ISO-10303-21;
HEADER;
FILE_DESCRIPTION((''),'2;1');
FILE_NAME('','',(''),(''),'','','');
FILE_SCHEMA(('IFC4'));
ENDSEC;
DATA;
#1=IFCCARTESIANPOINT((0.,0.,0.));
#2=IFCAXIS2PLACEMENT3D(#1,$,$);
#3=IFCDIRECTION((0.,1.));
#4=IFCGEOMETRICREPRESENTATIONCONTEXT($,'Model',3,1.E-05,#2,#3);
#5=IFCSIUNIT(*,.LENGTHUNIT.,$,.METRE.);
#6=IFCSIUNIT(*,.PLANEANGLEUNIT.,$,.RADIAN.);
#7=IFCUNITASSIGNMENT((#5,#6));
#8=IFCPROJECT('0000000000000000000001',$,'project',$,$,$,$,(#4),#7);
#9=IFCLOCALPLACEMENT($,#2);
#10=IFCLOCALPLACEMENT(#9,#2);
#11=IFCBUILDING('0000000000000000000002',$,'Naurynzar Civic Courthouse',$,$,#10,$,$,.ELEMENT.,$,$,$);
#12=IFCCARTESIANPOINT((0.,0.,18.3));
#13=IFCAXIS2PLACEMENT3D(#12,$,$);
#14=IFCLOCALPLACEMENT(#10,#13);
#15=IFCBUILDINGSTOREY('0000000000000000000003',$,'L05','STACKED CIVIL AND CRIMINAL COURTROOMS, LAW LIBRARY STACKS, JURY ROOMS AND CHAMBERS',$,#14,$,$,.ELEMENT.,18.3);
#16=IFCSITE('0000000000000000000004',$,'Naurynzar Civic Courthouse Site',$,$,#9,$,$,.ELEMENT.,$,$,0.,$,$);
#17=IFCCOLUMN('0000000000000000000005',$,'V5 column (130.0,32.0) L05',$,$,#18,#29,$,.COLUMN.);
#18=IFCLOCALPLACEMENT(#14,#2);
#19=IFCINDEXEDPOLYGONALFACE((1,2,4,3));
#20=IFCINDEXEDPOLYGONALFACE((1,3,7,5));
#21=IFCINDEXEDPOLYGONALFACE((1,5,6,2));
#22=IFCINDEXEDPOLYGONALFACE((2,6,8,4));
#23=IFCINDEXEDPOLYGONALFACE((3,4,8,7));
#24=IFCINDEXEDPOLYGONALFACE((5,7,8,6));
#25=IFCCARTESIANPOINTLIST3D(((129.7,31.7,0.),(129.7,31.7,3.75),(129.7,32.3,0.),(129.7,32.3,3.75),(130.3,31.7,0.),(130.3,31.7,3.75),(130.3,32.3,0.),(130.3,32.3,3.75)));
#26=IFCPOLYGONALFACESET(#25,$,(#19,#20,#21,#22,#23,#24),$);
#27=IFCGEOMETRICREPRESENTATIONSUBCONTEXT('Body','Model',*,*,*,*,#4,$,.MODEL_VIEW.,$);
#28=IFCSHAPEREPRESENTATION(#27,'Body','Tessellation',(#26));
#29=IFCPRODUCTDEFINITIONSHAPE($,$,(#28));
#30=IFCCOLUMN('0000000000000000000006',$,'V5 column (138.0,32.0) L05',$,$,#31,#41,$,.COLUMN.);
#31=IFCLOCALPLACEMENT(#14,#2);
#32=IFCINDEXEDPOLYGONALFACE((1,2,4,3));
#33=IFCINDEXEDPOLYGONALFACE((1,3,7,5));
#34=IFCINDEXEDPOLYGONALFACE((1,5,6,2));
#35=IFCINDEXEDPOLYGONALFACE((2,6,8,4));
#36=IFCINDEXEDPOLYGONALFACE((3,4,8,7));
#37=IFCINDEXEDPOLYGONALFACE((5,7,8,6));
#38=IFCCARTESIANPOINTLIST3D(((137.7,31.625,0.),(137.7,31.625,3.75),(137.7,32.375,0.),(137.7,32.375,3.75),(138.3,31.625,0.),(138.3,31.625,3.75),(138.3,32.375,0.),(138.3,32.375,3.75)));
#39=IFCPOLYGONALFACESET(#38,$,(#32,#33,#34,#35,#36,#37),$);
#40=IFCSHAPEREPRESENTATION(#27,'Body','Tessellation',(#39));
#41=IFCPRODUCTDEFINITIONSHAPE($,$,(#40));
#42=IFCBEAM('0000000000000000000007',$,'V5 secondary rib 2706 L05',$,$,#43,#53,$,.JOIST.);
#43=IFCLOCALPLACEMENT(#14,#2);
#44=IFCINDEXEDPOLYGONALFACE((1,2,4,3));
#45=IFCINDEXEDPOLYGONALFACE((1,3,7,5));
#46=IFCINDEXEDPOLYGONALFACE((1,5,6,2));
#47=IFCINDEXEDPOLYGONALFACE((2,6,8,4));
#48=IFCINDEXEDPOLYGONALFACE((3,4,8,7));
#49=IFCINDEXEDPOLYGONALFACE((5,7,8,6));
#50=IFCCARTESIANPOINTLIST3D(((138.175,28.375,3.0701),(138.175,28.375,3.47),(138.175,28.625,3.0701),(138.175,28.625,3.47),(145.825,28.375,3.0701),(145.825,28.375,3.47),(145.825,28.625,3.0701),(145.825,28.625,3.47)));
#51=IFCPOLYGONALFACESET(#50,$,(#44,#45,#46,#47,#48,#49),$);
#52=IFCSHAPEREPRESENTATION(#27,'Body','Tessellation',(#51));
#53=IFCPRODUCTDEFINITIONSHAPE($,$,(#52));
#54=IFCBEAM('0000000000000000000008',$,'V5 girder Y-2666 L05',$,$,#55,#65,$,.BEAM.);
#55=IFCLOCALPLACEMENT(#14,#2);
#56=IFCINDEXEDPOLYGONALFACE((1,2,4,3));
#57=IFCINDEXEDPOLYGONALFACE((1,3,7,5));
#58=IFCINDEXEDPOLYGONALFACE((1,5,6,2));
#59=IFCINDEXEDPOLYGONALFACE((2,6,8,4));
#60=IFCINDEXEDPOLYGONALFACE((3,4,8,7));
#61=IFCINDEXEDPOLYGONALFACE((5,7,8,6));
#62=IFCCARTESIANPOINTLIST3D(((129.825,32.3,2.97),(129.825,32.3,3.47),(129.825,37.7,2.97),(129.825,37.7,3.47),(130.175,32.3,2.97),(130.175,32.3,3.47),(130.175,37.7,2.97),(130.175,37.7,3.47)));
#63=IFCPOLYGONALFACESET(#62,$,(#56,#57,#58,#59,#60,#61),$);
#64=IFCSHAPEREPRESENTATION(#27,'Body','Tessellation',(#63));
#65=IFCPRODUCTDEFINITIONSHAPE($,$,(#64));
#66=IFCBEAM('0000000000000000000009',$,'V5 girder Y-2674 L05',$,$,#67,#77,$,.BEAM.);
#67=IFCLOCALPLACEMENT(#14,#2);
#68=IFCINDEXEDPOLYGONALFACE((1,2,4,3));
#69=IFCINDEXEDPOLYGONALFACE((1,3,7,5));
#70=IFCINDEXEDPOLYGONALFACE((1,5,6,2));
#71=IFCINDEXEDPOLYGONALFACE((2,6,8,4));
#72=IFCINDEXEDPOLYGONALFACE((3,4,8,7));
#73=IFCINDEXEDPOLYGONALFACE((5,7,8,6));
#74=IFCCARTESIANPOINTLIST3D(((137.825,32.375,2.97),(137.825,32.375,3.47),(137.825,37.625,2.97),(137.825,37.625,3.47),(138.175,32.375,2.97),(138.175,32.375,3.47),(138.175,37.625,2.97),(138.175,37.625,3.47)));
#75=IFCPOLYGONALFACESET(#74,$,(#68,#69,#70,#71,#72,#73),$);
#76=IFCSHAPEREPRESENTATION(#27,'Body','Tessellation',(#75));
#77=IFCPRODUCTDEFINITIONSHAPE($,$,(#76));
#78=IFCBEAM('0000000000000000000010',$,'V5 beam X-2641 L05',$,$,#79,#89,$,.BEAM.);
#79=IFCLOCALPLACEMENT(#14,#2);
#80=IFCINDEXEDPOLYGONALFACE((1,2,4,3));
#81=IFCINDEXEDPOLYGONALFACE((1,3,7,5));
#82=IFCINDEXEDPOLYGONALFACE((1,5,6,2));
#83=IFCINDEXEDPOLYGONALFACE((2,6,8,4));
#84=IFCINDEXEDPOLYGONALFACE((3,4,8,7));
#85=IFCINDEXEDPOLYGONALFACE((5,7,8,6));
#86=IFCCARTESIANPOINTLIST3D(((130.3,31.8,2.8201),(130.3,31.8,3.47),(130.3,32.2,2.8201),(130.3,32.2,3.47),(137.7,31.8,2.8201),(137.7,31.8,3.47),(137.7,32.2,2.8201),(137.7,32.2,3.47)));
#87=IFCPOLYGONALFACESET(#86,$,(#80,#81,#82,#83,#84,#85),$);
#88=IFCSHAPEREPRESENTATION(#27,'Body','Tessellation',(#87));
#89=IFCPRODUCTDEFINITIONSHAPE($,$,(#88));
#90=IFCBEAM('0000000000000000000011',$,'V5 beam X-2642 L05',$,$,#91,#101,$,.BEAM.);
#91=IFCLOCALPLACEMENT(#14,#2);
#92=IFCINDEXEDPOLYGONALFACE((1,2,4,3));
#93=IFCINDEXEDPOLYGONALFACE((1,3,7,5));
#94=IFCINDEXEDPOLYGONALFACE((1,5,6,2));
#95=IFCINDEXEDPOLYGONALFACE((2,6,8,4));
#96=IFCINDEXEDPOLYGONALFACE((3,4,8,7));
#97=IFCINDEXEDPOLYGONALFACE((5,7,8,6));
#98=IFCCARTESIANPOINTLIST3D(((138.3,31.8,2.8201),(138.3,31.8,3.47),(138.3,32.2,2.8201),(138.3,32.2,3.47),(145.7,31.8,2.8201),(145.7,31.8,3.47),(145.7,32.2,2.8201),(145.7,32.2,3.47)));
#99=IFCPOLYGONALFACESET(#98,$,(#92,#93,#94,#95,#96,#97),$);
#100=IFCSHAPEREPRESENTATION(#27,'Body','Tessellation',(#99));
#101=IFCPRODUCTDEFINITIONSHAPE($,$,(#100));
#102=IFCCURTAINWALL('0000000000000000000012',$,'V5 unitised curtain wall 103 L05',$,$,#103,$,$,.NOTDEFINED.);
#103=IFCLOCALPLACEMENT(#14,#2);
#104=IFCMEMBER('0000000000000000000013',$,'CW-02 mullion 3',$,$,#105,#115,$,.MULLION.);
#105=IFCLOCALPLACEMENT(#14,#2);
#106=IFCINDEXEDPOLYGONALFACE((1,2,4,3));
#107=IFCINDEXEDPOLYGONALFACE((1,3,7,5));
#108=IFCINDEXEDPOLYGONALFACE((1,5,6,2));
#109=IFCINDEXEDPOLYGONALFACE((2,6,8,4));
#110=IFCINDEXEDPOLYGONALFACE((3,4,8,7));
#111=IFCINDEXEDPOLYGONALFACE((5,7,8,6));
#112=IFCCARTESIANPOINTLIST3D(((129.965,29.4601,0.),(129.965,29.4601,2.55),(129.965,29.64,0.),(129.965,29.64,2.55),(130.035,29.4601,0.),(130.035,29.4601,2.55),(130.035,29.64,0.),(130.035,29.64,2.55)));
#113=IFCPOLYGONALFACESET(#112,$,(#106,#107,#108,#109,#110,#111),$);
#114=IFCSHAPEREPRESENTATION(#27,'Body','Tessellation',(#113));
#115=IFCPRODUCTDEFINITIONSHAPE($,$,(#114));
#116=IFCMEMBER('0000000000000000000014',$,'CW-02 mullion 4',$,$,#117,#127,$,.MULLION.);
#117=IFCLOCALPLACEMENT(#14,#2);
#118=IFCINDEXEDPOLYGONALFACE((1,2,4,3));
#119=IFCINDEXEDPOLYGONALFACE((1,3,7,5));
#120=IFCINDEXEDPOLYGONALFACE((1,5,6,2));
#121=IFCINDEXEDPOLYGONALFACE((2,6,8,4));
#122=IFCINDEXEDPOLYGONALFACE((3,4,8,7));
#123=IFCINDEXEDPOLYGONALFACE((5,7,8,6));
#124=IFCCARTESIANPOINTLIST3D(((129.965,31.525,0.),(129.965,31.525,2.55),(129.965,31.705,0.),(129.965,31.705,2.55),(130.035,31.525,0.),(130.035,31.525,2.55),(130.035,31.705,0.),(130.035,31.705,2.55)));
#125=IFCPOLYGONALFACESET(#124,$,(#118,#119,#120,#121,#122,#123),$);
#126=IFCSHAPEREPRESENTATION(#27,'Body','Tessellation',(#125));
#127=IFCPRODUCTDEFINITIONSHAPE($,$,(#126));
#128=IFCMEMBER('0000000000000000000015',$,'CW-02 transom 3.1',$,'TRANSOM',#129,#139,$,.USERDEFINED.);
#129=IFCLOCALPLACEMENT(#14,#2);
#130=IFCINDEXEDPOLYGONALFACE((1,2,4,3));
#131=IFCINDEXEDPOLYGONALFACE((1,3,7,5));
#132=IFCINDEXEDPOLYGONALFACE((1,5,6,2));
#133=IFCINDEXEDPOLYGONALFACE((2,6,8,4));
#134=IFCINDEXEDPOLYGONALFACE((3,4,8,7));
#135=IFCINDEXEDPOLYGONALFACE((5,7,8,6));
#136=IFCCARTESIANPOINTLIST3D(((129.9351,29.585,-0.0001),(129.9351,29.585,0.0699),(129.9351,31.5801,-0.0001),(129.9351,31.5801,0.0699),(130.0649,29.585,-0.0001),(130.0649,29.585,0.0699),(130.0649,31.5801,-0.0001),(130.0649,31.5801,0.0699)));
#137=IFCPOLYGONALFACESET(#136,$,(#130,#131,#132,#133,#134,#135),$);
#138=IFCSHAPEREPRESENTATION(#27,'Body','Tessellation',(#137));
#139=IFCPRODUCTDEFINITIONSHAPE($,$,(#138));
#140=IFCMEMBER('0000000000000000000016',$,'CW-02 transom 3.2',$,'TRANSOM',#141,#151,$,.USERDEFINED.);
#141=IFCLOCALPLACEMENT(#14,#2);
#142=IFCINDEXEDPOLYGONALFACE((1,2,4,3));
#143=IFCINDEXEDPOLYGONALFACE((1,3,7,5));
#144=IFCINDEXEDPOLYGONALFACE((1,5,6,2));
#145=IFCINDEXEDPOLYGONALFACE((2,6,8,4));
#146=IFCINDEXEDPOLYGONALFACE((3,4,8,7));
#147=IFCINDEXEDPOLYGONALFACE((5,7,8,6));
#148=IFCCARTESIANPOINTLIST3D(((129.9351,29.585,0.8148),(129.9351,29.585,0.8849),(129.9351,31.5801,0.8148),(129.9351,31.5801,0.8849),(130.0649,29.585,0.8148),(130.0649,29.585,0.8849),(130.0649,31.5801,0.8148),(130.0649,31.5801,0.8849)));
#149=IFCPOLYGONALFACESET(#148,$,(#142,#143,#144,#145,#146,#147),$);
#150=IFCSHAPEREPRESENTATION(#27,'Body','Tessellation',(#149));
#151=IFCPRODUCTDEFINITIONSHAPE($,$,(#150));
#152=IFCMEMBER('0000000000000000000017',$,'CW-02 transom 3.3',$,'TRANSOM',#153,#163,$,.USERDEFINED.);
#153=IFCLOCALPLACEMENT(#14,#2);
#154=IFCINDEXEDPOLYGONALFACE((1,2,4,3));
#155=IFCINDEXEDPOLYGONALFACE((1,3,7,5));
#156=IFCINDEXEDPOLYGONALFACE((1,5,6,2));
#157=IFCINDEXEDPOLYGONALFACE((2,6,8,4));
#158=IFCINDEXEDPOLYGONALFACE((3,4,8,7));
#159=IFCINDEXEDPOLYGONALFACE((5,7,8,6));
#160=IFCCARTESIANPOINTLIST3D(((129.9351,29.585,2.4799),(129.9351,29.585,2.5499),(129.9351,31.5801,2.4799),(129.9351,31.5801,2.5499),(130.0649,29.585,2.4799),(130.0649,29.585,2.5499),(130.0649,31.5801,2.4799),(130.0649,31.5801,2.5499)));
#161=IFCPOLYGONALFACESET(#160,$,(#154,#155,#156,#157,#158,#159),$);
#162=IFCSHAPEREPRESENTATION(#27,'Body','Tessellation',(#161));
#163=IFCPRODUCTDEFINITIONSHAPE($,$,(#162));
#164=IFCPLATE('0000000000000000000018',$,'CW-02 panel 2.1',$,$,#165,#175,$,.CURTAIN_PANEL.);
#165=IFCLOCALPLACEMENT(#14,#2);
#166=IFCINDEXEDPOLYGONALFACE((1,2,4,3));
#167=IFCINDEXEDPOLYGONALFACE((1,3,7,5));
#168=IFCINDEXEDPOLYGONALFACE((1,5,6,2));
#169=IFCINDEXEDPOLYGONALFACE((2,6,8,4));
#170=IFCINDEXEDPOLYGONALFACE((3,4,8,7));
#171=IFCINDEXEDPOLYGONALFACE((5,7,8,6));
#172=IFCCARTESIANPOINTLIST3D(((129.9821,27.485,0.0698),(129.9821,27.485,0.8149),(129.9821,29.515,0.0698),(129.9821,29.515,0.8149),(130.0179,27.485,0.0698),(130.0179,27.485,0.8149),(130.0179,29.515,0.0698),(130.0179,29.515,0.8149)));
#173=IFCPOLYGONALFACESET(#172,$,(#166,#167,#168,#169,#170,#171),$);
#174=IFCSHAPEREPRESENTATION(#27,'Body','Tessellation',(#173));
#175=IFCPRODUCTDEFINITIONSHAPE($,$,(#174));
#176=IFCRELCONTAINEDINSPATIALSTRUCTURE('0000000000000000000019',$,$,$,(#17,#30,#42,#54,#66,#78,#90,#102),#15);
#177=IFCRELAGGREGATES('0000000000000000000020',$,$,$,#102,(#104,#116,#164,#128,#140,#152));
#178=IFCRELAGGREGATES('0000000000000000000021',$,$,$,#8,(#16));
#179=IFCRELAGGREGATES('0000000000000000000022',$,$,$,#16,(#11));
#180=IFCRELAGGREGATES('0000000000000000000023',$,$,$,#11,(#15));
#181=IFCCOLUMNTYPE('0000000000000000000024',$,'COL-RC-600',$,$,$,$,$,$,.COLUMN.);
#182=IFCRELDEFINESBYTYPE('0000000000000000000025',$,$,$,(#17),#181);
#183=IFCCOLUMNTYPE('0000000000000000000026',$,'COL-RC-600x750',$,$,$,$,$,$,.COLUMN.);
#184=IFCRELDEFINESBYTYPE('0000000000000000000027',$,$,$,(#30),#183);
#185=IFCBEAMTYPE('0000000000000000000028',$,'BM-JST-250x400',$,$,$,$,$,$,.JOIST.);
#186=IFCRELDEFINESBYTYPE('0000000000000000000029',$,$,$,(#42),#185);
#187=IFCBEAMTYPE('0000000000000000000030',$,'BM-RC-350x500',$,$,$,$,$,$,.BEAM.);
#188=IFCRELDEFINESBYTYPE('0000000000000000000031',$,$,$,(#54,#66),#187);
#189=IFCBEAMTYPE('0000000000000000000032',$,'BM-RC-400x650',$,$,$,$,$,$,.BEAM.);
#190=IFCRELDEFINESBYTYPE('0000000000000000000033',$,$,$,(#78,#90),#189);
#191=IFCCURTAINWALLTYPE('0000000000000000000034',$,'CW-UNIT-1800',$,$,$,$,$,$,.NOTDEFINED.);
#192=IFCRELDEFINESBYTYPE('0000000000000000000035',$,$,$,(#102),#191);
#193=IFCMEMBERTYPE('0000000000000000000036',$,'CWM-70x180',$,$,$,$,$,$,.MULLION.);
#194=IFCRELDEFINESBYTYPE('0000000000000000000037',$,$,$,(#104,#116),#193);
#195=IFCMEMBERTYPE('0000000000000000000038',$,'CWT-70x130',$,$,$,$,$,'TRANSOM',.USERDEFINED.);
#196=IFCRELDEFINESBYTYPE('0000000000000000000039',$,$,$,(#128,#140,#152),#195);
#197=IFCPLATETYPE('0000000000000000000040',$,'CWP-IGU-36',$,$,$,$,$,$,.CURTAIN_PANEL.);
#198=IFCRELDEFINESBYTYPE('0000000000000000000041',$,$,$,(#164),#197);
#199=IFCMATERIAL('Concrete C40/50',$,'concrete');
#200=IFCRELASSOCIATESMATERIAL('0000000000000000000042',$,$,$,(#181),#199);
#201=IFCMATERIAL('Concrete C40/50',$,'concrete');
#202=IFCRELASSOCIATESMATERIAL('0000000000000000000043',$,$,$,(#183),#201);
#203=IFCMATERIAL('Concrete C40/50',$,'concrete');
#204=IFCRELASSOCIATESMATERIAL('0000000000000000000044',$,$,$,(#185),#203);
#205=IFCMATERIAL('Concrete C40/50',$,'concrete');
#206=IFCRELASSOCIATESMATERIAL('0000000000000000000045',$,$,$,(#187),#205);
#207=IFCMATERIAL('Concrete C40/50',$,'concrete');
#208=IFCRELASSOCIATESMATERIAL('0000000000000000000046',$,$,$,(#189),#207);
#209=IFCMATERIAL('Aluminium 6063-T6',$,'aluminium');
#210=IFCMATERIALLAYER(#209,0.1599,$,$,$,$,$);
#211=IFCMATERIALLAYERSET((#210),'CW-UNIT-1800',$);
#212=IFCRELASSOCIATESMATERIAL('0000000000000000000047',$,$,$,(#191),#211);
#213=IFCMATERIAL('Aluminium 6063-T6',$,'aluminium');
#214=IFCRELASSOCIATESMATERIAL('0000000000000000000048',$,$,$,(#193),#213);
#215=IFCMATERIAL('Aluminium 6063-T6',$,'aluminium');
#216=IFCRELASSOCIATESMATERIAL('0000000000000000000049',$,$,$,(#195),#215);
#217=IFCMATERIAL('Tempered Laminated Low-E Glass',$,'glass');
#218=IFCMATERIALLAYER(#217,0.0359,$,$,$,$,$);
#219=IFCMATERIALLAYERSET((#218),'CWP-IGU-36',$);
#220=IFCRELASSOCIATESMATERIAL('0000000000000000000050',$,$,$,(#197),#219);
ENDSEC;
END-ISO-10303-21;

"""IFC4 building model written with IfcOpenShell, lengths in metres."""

from ifc_helpers import new_model, si_unit, direction, frame, origin, origin_2d, place, context, subcontext, project, spatial, rectangle, extrude, material, layer, layer_set, material_profile, profile_set, type_object, element, aggregate, save


model = new_model("IFC4")

# Units and contexts
model_context = context("Model", 3, precision=1e-05, world=origin(), true_north=direction((0.0, 1.0)))
body_context = subcontext(model_context, "Body", "Model", "MODEL_VIEW")
ifc_project = project(units=[si_unit("LENGTHUNIT", "METRE"), si_unit("PLANEANGLEUNIT", "RADIAN")], contexts=[model_context])

# Site, building, storey
site_placement = place(None, origin())
site = spatial("IfcSite", under=ifc_project, at=site_placement, Name="Naurynzar Civic Courthouse Site", CompositionType="ELEMENT", RefElevation=0.0)
building_placement = place(site_placement, origin())
building = spatial("IfcBuilding", under=site, at=building_placement, Name="Naurynzar Civic Courthouse", CompositionType="ELEMENT")
storey_placement = place(building_placement, frame((0.0, 0.0, 18.3)))
storey = spatial("IfcBuildingStorey", under=building, at=storey_placement, Name="L05", Description="STACKED CIVIL AND CRIMINAL COURTROOMS, LAW LIBRARY STACKS, JURY ROOMS AND CHAMBERS", CompositionType="ELEMENT", Elevation=18.3)

# Columns
ifc_material_1 = material(Name="Concrete C40/50", Category="concrete")
ifc_material_profile_1 = material_profile(ifc_material_1, rectangle(XDim=0.6001, YDim=0.6001, at=origin_2d()), Name="RC 600x600")
ifc_profile_set_1 = profile_set([ifc_material_profile_1], Name="Concrete C40/50")
column_type_1 = type_object("IfcColumnType", Name="COL-RC-600", PredefinedType="COLUMN", material=ifc_profile_set_1)
column_1_placement = place(storey_placement, frame((130.0, 32.0, 0.0), z_axis=(0.0, 0.0, 1.0), x_axis=(1.0, 0.0, 0.0)))
element("IfcColumn", 1, at=column_1_placement, inside=storey, type_object=column_type_1, Name="V5 column (130.0,32.0) L05", PredefinedType="COLUMN", context=body_context, shape_type="SweptSolid", body=[
    extrude(rectangle(XDim=0.6001, YDim=0.6001, at=origin_2d()), origin(), (0.0, 0.0, 1.0), 3.75),
])
ifc_material_2 = material(Name="Concrete C40/50", Category="concrete")
ifc_material_profile_2 = material_profile(ifc_material_2, rectangle(XDim=0.6001, YDim=0.75, at=origin_2d()), Name="RC 600x750")
ifc_profile_set_2 = profile_set([ifc_material_profile_2], Name="Concrete C40/50")
column_type_2 = type_object("IfcColumnType", Name="COL-RC-600x750", PredefinedType="COLUMN", material=ifc_profile_set_2)
column_2_placement = place(storey_placement, frame((138.0, 32.0, 0.0), z_axis=(0.0, 0.0, 1.0), x_axis=(1.0, 0.0, 0.0)))
element("IfcColumn", 2, at=column_2_placement, inside=storey, type_object=column_type_2, Name="V5 column (138.0,32.0) L05", PredefinedType="COLUMN", context=body_context, shape_type="SweptSolid", body=[
    extrude(rectangle(XDim=0.6001, YDim=0.75, at=origin_2d()), origin(), (0.0, 0.0, 1.0), 3.75),
])

# Beams
ifc_material_3 = material(Name="Concrete C40/50", Category="concrete")
ifc_material_profile_3 = material_profile(ifc_material_3, rectangle(XDim=0.25, YDim=0.3999, at=origin_2d()), Name="RCB 250x400")
ifc_profile_set_3 = profile_set([ifc_material_profile_3], Name="Concrete C40/50")
beam_type_1 = type_object("IfcBeamType", Name="BM-JST-250x400", PredefinedType="JOIST", material=ifc_profile_set_3)
beam_1_placement = place(storey_placement, frame((138.175, 28.5, 3.27), z_axis=(1.0, 0.0, 0.0), x_axis=(0.0, 1.0, 0.0)))
element("IfcBeam", 3, at=beam_1_placement, inside=storey, type_object=beam_type_1, Name="V5 secondary rib 2706 L05", PredefinedType="JOIST", context=body_context, shape_type="SweptSolid", body=[
    extrude(rectangle(XDim=0.25, YDim=0.3999, at=origin_2d()), origin(), (0.0, 0.0, 1.0), 7.6499),
])
ifc_material_4 = material(Name="Concrete C40/50", Category="concrete")
ifc_material_profile_4 = material_profile(ifc_material_4, rectangle(XDim=0.3501, YDim=0.5, at=origin_2d()), Name="RCB 350x500")
ifc_profile_set_4 = profile_set([ifc_material_profile_4], Name="Concrete C40/50")
beam_type_2 = type_object("IfcBeamType", Name="BM-RC-350x500", PredefinedType="BEAM", material=ifc_profile_set_4)
beam_2_placement = place(storey_placement, frame((130.0, 32.3, 3.22), z_axis=(0.0, 1.0, 0.0), x_axis=(-1.0, 0.0, 0.0)))
element("IfcBeam", 4, at=beam_2_placement, inside=storey, type_object=beam_type_2, Name="V5 girder Y-2666 L05", PredefinedType="BEAM", context=body_context, shape_type="SweptSolid", body=[
    extrude(rectangle(XDim=0.3501, YDim=0.5, at=origin_2d()), origin(), (0.0, 0.0, 1.0), 5.3999),
])
beam_3_placement = place(storey_placement, frame((138.0, 32.375, 3.22), z_axis=(0.0, 1.0, 0.0), x_axis=(-1.0, 0.0, 0.0)))
element("IfcBeam", 5, at=beam_3_placement, inside=storey, type_object=beam_type_2, Name="V5 girder Y-2674 L05", PredefinedType="BEAM", context=body_context, shape_type="SweptSolid", body=[
    extrude(rectangle(XDim=0.3501, YDim=0.5, at=origin_2d()), origin(), (0.0, 0.0, 1.0), 5.25),
])
ifc_material_5 = material(Name="Concrete C40/50", Category="concrete")
ifc_material_profile_5 = material_profile(ifc_material_5, rectangle(XDim=0.3999, YDim=0.6499, at=origin_2d()), Name="RCB 400x650")
ifc_profile_set_5 = profile_set([ifc_material_profile_5], Name="Concrete C40/50")
beam_type_3 = type_object("IfcBeamType", Name="BM-RC-400x650", PredefinedType="BEAM", material=ifc_profile_set_5)
for number, where, z_axis, x_axis, name in (
    (6, (130.3, 32.0, 3.145), (1.0, 0.0, 0.0), (0.0, 1.0, 0.0), "V5 beam X-2641 L05"),
    (7, (138.3, 32.0, 3.145), (1.0, 0.0, 0.0), (0.0, 1.0, 0.0), "V5 beam X-2642 L05"),
):
    element("IfcBeam", number, at=place(storey_placement, frame(where, z_axis=z_axis, x_axis=x_axis)), inside=storey, type_object=beam_type_3, Name=name, PredefinedType="BEAM", context=body_context, shape_type="SweptSolid", body=[
        extrude(rectangle(XDim=0.3999, YDim=0.6499, at=origin_2d()), origin(), (0.0, 0.0, 1.0), 7.3999),
    ])

# Curtain wall, members, plate
ifc_material_6 = material(Name="Aluminium 6063-T6", Category="aluminium")
ifc_layer_1 = layer(ifc_material_6, 0.1599)
ifc_layer_set_1 = layer_set([ifc_layer_1], Name="CW-UNIT-1800")
curtain_wall_type = type_object("IfcCurtainWallType", Name="CW-UNIT-1800", PredefinedType="NOTDEFINED", material=ifc_layer_set_1)
curtain_wall_placement = place(storey_placement, origin())
curtain_wall = element("IfcCurtainWall", 8, at=curtain_wall_placement, inside=storey, type_object=curtain_wall_type, Name="V5 unitised curtain wall 103 L05", PredefinedType="NOTDEFINED")
ifc_material_7 = material(Name="Aluminium 6063-T6", Category="aluminium")
ifc_material_profile_6 = material_profile(ifc_material_7, rectangle(XDim=0.0701, YDim=0.1799, at=origin_2d()), Name="ALU MULLION 70x180")
ifc_profile_set_6 = profile_set([ifc_material_profile_6], Name="Aluminium 6063-T6")
member_type_1 = type_object("IfcMemberType", Name="CWM-70x180", PredefinedType="MULLION", material=ifc_profile_set_6)
member_1_placement = place(storey_placement, frame((130.0, 29.55, 0.0), z_axis=(0.0, 0.0, 1.0), x_axis=(-1.0, 0.0, 0.0)))
member_1 = element("IfcMember", 9, at=member_1_placement, type_object=member_type_1, Name="CW-02 mullion 3", PredefinedType="MULLION", context=body_context, shape_type="SweptSolid", body=[
    extrude(rectangle(XDim=0.0701, YDim=0.1799, at=origin_2d()), origin(), (0.0, 0.0, 1.0), 2.55),
])
member_2_placement = place(storey_placement, frame((130.0, 31.615, 0.0), z_axis=(0.0, 0.0, 1.0), x_axis=(-1.0, 0.0, 0.0)))
member_2 = element("IfcMember", 10, at=member_2_placement, type_object=member_type_1, Name="CW-02 mullion 4", PredefinedType="MULLION", context=body_context, shape_type="SweptSolid", body=[
    extrude(rectangle(XDim=0.0701, YDim=0.1799, at=origin_2d()), origin(), (0.0, 0.0, 1.0), 2.55),
])
ifc_material_8 = material(Name="Aluminium 6063-T6", Category="aluminium")
ifc_material_profile_7 = material_profile(ifc_material_8, rectangle(XDim=0.1299, YDim=0.0701, at=origin_2d()), Name="ALU TRANSOM 70x130")
ifc_profile_set_7 = profile_set([ifc_material_profile_7], Name="Aluminium 6063-T6")
member_type_2 = type_object("IfcMemberType", Name="CWT-70x130", ElementType="TRANSOM", PredefinedType="USERDEFINED", material=ifc_profile_set_7)
member_3_placement = place(storey_placement, frame((130.0, 29.585, 0.0349), z_axis=(0.0, 1.0, 0.0), x_axis=(-1.0, 0.0, 0.0)))
member_3 = element("IfcMember", 11, at=member_3_placement, type_object=member_type_2, Name="CW-02 transom 3.1", ObjectType="TRANSOM", PredefinedType="USERDEFINED", context=body_context, shape_type="SweptSolid", body=[
    extrude(rectangle(XDim=0.1299, YDim=0.0701, at=origin_2d()), origin(), (0.0, 0.0, 1.0), 1.9951),
])
member_4_placement = place(storey_placement, frame((130.0, 29.585, 0.8499), z_axis=(0.0, 1.0, 0.0), x_axis=(-1.0, 0.0, 0.0)))
member_4 = element("IfcMember", 12, at=member_4_placement, type_object=member_type_2, Name="CW-02 transom 3.2", ObjectType="TRANSOM", PredefinedType="USERDEFINED", context=body_context, shape_type="SweptSolid", body=[
    extrude(rectangle(XDim=0.1299, YDim=0.0701, at=origin_2d()), origin(), (0.0, 0.0, 1.0), 1.9951),
])
member_5_placement = place(storey_placement, frame((130.0, 29.585, 2.5149), z_axis=(0.0, 1.0, 0.0), x_axis=(-1.0, 0.0, 0.0)))
member_5 = element("IfcMember", 13, at=member_5_placement, type_object=member_type_2, Name="CW-02 transom 3.3", ObjectType="TRANSOM", PredefinedType="USERDEFINED", context=body_context, shape_type="SweptSolid", body=[
    extrude(rectangle(XDim=0.1299, YDim=0.0701, at=origin_2d()), origin(), (0.0, 0.0, 1.0), 1.9951),
])
ifc_material_9 = material(Name="Tempered Laminated Low-E Glass", Category="glass")
ifc_layer_2 = layer(ifc_material_9, 0.0359)
ifc_layer_set_2 = layer_set([ifc_layer_2], Name="CWP-IGU-36")
plate_type = type_object("IfcPlateType", Name="CWP-IGU-36", PredefinedType="CURTAIN_PANEL", material=ifc_layer_set_2)
plate_1_placement = place(storey_placement, frame((130.0, 28.5, 0.0698), z_axis=(0.0, 0.0, 1.0), x_axis=(0.0, 1.0, 0.0)))
plate_1 = element("IfcPlate", 14, at=plate_1_placement, type_object=plate_type, Name="CW-02 panel 2.1", PredefinedType="CURTAIN_PANEL", context=body_context, shape_type="SweptSolid", body=[
    extrude(rectangle(XDim=2.03, YDim=0.0359, at=origin_2d()), origin(), (0.0, 0.0, 1.0), 0.7451),
])
aggregate(curtain_wall, [member_1, member_2, plate_1, member_3, member_4, member_5])

save(model, "model.ifc")
